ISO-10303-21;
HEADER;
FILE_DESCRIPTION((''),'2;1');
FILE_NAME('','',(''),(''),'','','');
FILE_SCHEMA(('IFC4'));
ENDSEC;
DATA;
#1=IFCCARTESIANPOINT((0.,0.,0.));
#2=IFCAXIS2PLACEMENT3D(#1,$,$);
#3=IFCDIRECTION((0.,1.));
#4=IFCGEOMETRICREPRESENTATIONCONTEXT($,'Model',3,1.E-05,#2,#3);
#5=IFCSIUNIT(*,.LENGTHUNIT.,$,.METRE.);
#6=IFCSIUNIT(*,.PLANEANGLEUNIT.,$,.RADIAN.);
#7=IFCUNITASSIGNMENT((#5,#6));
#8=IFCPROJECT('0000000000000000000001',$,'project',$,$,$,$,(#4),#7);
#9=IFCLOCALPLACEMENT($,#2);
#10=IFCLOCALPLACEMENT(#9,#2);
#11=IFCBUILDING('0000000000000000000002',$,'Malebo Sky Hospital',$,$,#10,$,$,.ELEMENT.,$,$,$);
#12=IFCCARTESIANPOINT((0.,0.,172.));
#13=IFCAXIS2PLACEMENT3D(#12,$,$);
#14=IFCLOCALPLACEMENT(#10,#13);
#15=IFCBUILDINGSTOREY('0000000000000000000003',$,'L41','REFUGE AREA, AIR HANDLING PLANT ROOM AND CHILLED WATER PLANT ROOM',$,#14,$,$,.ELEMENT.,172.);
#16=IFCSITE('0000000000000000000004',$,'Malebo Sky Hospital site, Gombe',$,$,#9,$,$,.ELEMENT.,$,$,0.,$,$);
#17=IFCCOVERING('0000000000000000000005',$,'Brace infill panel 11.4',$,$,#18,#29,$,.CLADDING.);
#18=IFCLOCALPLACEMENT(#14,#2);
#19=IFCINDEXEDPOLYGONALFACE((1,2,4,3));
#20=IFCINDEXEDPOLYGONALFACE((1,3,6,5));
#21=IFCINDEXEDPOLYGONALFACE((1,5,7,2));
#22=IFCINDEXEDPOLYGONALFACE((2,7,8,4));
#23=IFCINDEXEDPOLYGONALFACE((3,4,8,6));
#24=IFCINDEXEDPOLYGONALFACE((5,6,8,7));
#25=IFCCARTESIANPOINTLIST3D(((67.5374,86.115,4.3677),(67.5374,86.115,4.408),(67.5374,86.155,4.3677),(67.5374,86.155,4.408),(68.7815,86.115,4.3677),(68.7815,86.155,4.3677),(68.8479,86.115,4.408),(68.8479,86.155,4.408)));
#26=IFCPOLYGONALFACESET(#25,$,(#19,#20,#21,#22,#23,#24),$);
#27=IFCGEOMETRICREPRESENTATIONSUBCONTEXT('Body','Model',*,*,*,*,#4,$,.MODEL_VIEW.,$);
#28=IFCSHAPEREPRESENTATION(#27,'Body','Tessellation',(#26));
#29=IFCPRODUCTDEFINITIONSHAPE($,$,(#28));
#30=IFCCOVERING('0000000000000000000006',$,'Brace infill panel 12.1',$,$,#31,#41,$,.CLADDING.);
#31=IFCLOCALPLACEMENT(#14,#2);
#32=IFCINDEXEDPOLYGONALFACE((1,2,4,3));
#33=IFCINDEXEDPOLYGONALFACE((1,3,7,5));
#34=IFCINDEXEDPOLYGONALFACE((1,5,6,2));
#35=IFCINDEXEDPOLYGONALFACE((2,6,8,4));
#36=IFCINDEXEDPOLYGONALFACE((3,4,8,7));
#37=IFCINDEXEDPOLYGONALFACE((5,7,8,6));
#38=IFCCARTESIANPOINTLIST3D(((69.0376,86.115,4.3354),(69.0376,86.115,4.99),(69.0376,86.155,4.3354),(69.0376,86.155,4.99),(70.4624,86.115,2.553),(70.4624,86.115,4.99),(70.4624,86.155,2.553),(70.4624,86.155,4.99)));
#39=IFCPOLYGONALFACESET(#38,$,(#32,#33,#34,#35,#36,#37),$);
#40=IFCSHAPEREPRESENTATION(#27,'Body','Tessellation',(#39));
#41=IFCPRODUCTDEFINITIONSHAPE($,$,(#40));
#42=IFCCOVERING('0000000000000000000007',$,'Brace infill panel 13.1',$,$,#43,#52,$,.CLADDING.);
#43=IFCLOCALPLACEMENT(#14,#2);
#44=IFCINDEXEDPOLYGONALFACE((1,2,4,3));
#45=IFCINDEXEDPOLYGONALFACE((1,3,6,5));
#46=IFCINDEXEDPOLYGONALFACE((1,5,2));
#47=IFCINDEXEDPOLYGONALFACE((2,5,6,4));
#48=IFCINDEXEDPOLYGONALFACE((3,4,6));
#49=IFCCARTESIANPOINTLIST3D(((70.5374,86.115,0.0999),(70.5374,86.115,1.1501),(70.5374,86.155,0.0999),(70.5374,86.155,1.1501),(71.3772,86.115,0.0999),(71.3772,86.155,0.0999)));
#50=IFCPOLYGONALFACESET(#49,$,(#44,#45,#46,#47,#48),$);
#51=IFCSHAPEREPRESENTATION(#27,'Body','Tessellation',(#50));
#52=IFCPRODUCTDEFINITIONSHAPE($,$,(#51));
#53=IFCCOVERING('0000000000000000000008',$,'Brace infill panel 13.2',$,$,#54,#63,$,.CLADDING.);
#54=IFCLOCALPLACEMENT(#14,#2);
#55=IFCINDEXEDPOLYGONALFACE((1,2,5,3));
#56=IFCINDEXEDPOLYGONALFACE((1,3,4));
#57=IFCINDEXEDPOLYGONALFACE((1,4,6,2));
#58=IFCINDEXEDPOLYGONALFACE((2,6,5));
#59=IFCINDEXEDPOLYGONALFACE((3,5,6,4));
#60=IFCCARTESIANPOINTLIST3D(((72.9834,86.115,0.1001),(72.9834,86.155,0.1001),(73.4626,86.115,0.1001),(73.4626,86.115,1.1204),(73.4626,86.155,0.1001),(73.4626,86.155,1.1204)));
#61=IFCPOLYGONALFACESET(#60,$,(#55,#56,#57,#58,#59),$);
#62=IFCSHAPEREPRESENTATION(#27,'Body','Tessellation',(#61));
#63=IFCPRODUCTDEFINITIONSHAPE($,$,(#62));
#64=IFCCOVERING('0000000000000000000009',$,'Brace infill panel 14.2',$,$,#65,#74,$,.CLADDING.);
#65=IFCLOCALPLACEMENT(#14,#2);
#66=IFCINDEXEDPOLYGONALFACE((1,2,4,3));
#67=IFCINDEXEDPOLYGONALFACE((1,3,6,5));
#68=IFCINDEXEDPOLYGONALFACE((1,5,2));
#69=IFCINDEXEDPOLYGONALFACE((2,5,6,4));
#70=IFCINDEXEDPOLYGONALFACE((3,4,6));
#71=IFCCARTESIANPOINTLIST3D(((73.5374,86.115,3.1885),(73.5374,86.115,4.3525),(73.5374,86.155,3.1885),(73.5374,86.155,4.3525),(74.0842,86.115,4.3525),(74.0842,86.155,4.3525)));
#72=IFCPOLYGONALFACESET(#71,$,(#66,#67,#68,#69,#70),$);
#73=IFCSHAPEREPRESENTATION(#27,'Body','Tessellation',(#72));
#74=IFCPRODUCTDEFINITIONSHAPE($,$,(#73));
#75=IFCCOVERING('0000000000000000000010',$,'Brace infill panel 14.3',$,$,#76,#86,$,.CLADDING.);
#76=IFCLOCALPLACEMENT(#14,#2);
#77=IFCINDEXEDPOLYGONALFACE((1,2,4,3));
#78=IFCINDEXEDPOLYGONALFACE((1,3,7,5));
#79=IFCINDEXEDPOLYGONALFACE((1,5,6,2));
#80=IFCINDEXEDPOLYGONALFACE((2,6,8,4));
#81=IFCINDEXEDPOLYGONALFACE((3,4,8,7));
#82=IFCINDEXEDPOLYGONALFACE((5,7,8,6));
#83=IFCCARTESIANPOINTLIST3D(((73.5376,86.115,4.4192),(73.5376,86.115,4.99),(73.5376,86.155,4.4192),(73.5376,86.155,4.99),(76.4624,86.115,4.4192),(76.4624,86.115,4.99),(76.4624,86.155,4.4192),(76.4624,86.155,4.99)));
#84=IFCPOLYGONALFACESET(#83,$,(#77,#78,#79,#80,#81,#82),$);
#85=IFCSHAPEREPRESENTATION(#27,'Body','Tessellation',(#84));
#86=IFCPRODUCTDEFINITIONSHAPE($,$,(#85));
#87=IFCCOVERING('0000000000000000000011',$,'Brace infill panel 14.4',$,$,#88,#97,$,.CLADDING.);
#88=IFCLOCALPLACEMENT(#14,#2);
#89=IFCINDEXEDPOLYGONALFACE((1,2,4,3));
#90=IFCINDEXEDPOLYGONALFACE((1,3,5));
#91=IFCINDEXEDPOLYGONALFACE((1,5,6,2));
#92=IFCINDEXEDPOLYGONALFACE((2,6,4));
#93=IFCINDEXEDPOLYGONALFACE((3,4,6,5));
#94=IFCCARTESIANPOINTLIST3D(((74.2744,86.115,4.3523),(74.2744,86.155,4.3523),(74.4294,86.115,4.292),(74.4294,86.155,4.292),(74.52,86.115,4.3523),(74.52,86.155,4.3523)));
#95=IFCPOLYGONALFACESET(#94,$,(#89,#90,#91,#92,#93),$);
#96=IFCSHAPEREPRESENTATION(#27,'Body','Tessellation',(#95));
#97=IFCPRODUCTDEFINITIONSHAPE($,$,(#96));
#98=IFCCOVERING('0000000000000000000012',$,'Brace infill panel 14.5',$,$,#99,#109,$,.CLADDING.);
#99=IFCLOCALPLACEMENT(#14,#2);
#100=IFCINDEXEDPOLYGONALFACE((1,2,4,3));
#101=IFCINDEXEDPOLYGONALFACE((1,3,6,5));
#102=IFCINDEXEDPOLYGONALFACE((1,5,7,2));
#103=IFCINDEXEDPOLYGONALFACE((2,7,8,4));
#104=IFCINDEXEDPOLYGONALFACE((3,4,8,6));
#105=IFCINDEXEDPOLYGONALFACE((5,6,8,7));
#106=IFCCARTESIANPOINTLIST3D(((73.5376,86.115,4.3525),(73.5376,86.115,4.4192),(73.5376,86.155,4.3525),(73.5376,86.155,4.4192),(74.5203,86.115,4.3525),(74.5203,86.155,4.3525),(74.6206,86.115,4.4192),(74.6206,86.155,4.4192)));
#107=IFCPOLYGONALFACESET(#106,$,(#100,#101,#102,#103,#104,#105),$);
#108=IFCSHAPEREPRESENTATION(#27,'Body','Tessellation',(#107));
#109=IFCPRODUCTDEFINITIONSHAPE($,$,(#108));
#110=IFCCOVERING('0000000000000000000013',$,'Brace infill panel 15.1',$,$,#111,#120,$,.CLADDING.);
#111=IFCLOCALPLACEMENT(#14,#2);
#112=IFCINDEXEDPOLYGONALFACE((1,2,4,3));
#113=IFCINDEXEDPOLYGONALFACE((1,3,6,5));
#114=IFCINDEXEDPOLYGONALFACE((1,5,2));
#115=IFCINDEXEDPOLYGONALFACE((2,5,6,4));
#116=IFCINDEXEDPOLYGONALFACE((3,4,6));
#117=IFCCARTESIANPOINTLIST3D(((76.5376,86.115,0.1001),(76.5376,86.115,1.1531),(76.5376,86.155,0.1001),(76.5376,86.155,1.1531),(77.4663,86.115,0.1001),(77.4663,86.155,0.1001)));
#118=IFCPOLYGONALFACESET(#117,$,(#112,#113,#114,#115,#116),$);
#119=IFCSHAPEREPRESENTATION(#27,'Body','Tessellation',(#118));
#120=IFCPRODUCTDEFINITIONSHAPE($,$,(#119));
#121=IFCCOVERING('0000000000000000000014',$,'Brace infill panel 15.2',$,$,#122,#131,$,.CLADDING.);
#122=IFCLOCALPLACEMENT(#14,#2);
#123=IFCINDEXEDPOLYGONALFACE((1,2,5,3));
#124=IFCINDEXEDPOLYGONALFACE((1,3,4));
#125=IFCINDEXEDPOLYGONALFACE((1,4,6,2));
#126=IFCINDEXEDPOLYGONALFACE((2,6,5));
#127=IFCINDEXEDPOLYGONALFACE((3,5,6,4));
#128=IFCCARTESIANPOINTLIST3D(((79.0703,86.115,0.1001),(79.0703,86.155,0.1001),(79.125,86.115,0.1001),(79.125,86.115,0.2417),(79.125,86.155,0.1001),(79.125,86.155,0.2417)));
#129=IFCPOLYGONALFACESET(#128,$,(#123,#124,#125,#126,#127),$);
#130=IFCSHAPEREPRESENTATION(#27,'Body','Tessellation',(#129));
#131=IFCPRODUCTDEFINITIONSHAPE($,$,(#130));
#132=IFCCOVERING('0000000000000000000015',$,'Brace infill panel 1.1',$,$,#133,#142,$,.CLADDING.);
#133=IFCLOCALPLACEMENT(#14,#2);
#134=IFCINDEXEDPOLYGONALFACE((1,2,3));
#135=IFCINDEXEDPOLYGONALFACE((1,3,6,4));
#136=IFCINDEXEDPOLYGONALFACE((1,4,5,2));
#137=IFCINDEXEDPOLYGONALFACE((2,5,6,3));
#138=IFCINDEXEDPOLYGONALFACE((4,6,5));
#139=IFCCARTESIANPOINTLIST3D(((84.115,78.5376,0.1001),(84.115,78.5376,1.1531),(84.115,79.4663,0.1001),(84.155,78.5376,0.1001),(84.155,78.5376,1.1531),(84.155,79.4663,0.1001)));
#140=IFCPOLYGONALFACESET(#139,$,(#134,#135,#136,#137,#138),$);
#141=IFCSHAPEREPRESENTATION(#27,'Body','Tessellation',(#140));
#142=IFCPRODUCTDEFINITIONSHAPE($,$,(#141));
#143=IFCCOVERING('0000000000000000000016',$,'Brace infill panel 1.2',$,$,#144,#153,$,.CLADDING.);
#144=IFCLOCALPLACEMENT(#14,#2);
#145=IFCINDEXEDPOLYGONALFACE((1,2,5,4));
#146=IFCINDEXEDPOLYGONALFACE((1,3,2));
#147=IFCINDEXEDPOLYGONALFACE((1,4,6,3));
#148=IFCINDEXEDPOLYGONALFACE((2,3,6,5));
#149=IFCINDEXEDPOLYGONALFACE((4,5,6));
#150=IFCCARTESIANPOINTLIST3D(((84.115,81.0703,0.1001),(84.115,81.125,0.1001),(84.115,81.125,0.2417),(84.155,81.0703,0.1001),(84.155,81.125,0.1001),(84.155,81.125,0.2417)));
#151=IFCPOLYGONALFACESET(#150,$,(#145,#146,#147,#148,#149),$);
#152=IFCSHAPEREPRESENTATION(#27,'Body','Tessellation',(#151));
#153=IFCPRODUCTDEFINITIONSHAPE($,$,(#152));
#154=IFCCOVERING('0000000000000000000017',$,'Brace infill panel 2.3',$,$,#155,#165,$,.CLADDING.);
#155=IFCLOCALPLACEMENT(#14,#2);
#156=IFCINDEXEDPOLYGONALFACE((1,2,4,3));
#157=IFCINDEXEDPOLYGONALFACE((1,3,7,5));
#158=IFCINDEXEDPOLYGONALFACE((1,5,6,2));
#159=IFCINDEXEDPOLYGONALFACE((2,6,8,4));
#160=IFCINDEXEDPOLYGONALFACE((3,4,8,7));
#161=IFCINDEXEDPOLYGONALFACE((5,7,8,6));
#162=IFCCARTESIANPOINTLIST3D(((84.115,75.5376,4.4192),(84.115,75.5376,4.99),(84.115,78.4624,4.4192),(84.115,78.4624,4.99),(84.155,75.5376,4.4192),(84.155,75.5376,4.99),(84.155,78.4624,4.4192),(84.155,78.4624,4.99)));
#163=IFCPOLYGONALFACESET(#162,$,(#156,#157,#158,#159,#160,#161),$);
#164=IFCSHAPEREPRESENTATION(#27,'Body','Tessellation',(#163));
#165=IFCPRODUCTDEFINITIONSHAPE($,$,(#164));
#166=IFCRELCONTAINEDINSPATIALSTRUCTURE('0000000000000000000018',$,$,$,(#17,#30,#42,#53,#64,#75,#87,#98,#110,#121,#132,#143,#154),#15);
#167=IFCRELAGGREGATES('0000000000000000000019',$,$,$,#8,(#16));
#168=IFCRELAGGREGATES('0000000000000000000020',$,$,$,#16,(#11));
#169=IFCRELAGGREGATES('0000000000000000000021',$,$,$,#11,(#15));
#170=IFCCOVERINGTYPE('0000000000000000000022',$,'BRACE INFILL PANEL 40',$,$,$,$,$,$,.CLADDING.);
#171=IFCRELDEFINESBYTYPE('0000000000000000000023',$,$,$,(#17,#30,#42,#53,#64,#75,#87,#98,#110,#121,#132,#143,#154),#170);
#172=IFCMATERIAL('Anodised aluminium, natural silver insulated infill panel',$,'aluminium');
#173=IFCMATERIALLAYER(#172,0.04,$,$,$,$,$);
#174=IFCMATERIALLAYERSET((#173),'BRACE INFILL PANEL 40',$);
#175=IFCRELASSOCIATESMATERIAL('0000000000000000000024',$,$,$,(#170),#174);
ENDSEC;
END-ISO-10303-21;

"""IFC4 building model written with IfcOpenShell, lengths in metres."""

from ifc_helpers import new_model, si_unit, direction, frame, origin, place, context, subcontext, project, spatial, polyline, outline, extrude, material, layer, layer_set, type_object, element, save


model = new_model("IFC4")

# Units and contexts
model_context = context("Model", 3, precision=1e-05, world=origin(), true_north=direction((0.0, 1.0)))
body_context = subcontext(model_context, "Body", "Model", "MODEL_VIEW")
ifc_project = project(units=[si_unit("LENGTHUNIT", "METRE"), si_unit("PLANEANGLEUNIT", "RADIAN")], contexts=[model_context])

# Site, building, storey
site_placement = place(None, origin())
site = spatial("IfcSite", under=ifc_project, at=site_placement, Name="Malebo Sky Hospital site, Gombe", CompositionType="ELEMENT", RefElevation=0.0)
building_placement = place(site_placement, origin())
building = spatial("IfcBuilding", under=site, at=building_placement, Name="Malebo Sky Hospital", CompositionType="ELEMENT")
storey_placement = place(building_placement, frame((0.0, 0.0, 172.0)))
storey = spatial("IfcBuildingStorey", under=building, at=storey_placement, Name="L41", Description="REFUGE AREA, AIR HANDLING PLANT ROOM AND CHILLED WATER PLANT ROOM", CompositionType="ELEMENT", Elevation=172.0)

# Coverings
ifc_material_1 = material(Name="Anodised aluminium, natural silver insulated infill panel", Category="aluminium")
ifc_layer_1 = layer(ifc_material_1, 0.04)
ifc_layer_set_1 = layer_set([ifc_layer_1], Name="BRACE INFILL PANEL 40")
covering_type = type_object("IfcCoveringType", Name="BRACE INFILL PANEL 40", PredefinedType="CLADDING", material=ifc_layer_set_1)
covering_1_placement = place(storey_placement, frame((68.1926, 86.135, 4.3677), z_axis=(0.0, 0.0, 1.0), x_axis=(1.0, 0.0, 0.0)))
element("IfcCovering", 1, at=covering_1_placement, inside=storey, type_object=covering_type, Name="Brace infill panel 11.4", PredefinedType="CLADDING", context=body_context, shape_type="SweptSolid", body=[
    extrude(outline(polyline([(-0.6553, 0.0), (0.5889, 0.0), (0.6553, 0.0403), (-0.6553, 0.0403), (-0.6553, 0.0)])), frame((0.0, 0.02, 0.0), z_axis=(0.0, -1.0, 0.0), x_axis=(1.0, 0.0, 0.0)), (0.0, 0.0, 1.0), 0.04),
])
covering_2_placement = place(storey_placement, frame((69.75, 86.135, 2.553), z_axis=(0.0, 0.0, 1.0), x_axis=(1.0, 0.0, 0.0)))
element("IfcCovering", 2, at=covering_2_placement, inside=storey, type_object=covering_type, Name="Brace infill panel 12.1", PredefinedType="CLADDING", context=body_context, shape_type="SweptSolid", body=[
    extrude(outline(polyline([(0.7124, 0.0), (0.7124, 2.437), (-0.7124, 2.437), (-0.7124, 1.7825), (0.7124, 0.0)])), frame((0.0, 0.02, 0.0), z_axis=(0.0, -1.0, 0.0), x_axis=(1.0, 0.0, 0.0)), (0.0, 0.0, 1.0), 0.04),
])
covering_3_placement = place(storey_placement, frame((70.9573, 86.135, 0.0999), z_axis=(0.0, 0.0, 1.0), x_axis=(1.0, 0.0, 0.0)))
element("IfcCovering", 3, at=covering_3_placement, inside=storey, type_object=covering_type, Name="Brace infill panel 13.1", PredefinedType="CLADDING", context=body_context, shape_type="SweptSolid", body=[
    extrude(outline(polyline([(-0.4199, 0.0), (0.4199, 0.0), (-0.4199, 1.0503), (-0.4199, 0.0)])), frame((0.0, 0.02, 0.0), z_axis=(0.0, -1.0, 0.0), x_axis=(1.0, 0.0, 0.0)), (0.0, 0.0, 1.0), 0.04),
])
covering_4_placement = place(storey_placement, frame((73.2229, 86.135, 0.1001), z_axis=(0.0, 0.0, 1.0), x_axis=(1.0, 0.0, 0.0)))
element("IfcCovering", 4, at=covering_4_placement, inside=storey, type_object=covering_type, Name="Brace infill panel 13.2", PredefinedType="CLADDING", context=body_context, shape_type="SweptSolid", body=[
    extrude(outline(polyline([(-0.2395, 0.0), (0.2397, 0.0), (0.2397, 1.0203), (-0.2395, 0.0)])), frame((0.0, 0.02, 0.0), z_axis=(0.0, -1.0, 0.0), x_axis=(1.0, 0.0, 0.0)), (0.0, 0.0, 1.0), 0.04),
])
covering_5_placement = place(storey_placement, frame((73.8108, 86.135, 3.1885), z_axis=(0.0, 0.0, 1.0), x_axis=(1.0, 0.0, 0.0)))
element("IfcCovering", 5, at=covering_5_placement, inside=storey, type_object=covering_type, Name="Brace infill panel 14.2", PredefinedType="CLADDING", context=body_context, shape_type="SweptSolid", body=[
    extrude(outline(polyline([(-0.2734, 0.0), (0.2734, 1.1641), (-0.2734, 1.1641), (-0.2734, 0.0)])), frame((0.0, 0.02, 0.0), z_axis=(0.0, -1.0, 0.0), x_axis=(1.0, 0.0, 0.0)), (0.0, 0.0, 1.0), 0.04),
])
covering_6_placement = place(storey_placement, frame((75.0, 86.135, 4.4192), z_axis=(0.0, 0.0, 1.0), x_axis=(1.0, 0.0, 0.0)))
element("IfcCovering", 6, at=covering_6_placement, inside=storey, type_object=covering_type, Name="Brace infill panel 14.3", PredefinedType="CLADDING", context=body_context, shape_type="SweptSolid", body=[
    extrude(outline(polyline([(-1.4624, 0.0), (1.4624, 0.0), (1.4624, 0.5708), (-1.4624, 0.5708), (-1.4624, 0.0)])), frame((0.0, 0.02, 0.0), z_axis=(0.0, -1.0, 0.0), x_axis=(1.0, 0.0, 0.0)), (0.0, 0.0, 1.0), 0.04),
])
covering_7_placement = place(storey_placement, frame((74.3972, 86.135, 4.292), z_axis=(0.0, 0.0, 1.0), x_axis=(1.0, 0.0, 0.0)))
element("IfcCovering", 7, at=covering_7_placement, inside=storey, type_object=covering_type, Name="Brace infill panel 14.4", PredefinedType="CLADDING", context=body_context, shape_type="SweptSolid", body=[
    extrude(outline(polyline([(0.0322, 0.0), (0.1228, 0.0603), (-0.1228, 0.0603), (0.0322, 0.0)])), frame((0.0, 0.02, 0.0), z_axis=(0.0, -1.0, 0.0), x_axis=(1.0, 0.0, 0.0)), (0.0, 0.0, 1.0), 0.04),
])
covering_8_placement = place(storey_placement, frame((74.0791, 86.135, 4.3525), z_axis=(0.0, 0.0, 1.0), x_axis=(1.0, 0.0, 0.0)))
element("IfcCovering", 8, at=covering_8_placement, inside=storey, type_object=covering_type, Name="Brace infill panel 14.5", PredefinedType="CLADDING", context=body_context, shape_type="SweptSolid", body=[
    extrude(outline(polyline([(-0.5415, 0.0), (0.4412, 0.0), (0.5415, 0.0667), (-0.5415, 0.0667), (-0.5415, 0.0)])), frame((0.0, 0.02, 0.0), z_axis=(0.0, -1.0, 0.0), x_axis=(1.0, 0.0, 0.0)), (0.0, 0.0, 1.0), 0.04),
])
covering_9_placement = place(storey_placement, frame((77.002, 86.135, 0.1001), z_axis=(0.0, 0.0, 1.0), x_axis=(1.0, 0.0, 0.0)))
element("IfcCovering", 9, at=covering_9_placement, inside=storey, type_object=covering_type, Name="Brace infill panel 15.1", PredefinedType="CLADDING", context=body_context, shape_type="SweptSolid", body=[
    extrude(outline(polyline([(-0.4644, 0.0), (0.4644, 0.0), (-0.4644, 1.053), (-0.4644, 0.0)])), frame((0.0, 0.02, 0.0), z_axis=(0.0, -1.0, 0.0), x_axis=(1.0, 0.0, 0.0)), (0.0, 0.0, 1.0), 0.04),
])
covering_10_placement = place(storey_placement, frame((79.0977, 86.135, 0.1001), z_axis=(0.0, 0.0, 1.0), x_axis=(1.0, 0.0, 0.0)))
element("IfcCovering", 10, at=covering_10_placement, inside=storey, type_object=covering_type, Name="Brace infill panel 15.2", PredefinedType="CLADDING", context=body_context, shape_type="SweptSolid", body=[
    extrude(outline(polyline([(-0.0273, 0.0), (0.0273, 0.0), (0.0273, 0.1416), (-0.0273, 0.0)])), frame((0.0, 0.02, 0.0), z_axis=(0.0, -1.0, 0.0), x_axis=(1.0, 0.0, 0.0)), (0.0, 0.0, 1.0), 0.04),
])
covering_11_placement = place(storey_placement, frame((84.135, 79.002, 0.1001), z_axis=(0.0, 0.0, 1.0), x_axis=(0.0, -1.0, 0.0)))
element("IfcCovering", 11, at=covering_11_placement, inside=storey, type_object=covering_type, Name="Brace infill panel 1.1", PredefinedType="CLADDING", context=body_context, shape_type="SweptSolid", body=[
    extrude(outline(polyline([(-0.4644, 0.0), (0.4644, 0.0), (0.4644, 1.053), (-0.4644, 0.0)])), frame((0.0, 0.02, 0.0), z_axis=(0.0, -1.0, 0.0), x_axis=(1.0, 0.0, 0.0)), (0.0, 0.0, 1.0), 0.04),
])
covering_12_placement = place(storey_placement, frame((84.135, 81.0977, 0.1001), z_axis=(0.0, 0.0, 1.0), x_axis=(0.0, -1.0, 0.0)))
element("IfcCovering", 12, at=covering_12_placement, inside=storey, type_object=covering_type, Name="Brace infill panel 1.2", PredefinedType="CLADDING", context=body_context, shape_type="SweptSolid", body=[
    extrude(outline(polyline([(-0.0273, 0.0), (0.0273, 0.0), (-0.0273, 0.1416), (-0.0273, 0.0)])), frame((0.0, 0.02, 0.0), z_axis=(0.0, -1.0, 0.0), x_axis=(1.0, 0.0, 0.0)), (0.0, 0.0, 1.0), 0.04),
])
covering_13_placement = place(storey_placement, frame((84.135, 77.0, 4.4192), z_axis=(0.0, 0.0, 1.0), x_axis=(0.0, -1.0, 0.0)))
element("IfcCovering", 13, at=covering_13_placement, inside=storey, type_object=covering_type, Name="Brace infill panel 2.3", PredefinedType="CLADDING", context=body_context, shape_type="SweptSolid", body=[
    extrude(outline(polyline([(-1.4624, 0.0), (1.4624, 0.0), (1.4624, 0.5708), (-1.4624, 0.5708), (-1.4624, 0.0)])), frame((0.0, 0.02, 0.0), z_axis=(0.0, -1.0, 0.0), x_axis=(1.0, 0.0, 0.0)), (0.0, 0.0, 1.0), 0.04),
])

save(model, "model.ifc")
